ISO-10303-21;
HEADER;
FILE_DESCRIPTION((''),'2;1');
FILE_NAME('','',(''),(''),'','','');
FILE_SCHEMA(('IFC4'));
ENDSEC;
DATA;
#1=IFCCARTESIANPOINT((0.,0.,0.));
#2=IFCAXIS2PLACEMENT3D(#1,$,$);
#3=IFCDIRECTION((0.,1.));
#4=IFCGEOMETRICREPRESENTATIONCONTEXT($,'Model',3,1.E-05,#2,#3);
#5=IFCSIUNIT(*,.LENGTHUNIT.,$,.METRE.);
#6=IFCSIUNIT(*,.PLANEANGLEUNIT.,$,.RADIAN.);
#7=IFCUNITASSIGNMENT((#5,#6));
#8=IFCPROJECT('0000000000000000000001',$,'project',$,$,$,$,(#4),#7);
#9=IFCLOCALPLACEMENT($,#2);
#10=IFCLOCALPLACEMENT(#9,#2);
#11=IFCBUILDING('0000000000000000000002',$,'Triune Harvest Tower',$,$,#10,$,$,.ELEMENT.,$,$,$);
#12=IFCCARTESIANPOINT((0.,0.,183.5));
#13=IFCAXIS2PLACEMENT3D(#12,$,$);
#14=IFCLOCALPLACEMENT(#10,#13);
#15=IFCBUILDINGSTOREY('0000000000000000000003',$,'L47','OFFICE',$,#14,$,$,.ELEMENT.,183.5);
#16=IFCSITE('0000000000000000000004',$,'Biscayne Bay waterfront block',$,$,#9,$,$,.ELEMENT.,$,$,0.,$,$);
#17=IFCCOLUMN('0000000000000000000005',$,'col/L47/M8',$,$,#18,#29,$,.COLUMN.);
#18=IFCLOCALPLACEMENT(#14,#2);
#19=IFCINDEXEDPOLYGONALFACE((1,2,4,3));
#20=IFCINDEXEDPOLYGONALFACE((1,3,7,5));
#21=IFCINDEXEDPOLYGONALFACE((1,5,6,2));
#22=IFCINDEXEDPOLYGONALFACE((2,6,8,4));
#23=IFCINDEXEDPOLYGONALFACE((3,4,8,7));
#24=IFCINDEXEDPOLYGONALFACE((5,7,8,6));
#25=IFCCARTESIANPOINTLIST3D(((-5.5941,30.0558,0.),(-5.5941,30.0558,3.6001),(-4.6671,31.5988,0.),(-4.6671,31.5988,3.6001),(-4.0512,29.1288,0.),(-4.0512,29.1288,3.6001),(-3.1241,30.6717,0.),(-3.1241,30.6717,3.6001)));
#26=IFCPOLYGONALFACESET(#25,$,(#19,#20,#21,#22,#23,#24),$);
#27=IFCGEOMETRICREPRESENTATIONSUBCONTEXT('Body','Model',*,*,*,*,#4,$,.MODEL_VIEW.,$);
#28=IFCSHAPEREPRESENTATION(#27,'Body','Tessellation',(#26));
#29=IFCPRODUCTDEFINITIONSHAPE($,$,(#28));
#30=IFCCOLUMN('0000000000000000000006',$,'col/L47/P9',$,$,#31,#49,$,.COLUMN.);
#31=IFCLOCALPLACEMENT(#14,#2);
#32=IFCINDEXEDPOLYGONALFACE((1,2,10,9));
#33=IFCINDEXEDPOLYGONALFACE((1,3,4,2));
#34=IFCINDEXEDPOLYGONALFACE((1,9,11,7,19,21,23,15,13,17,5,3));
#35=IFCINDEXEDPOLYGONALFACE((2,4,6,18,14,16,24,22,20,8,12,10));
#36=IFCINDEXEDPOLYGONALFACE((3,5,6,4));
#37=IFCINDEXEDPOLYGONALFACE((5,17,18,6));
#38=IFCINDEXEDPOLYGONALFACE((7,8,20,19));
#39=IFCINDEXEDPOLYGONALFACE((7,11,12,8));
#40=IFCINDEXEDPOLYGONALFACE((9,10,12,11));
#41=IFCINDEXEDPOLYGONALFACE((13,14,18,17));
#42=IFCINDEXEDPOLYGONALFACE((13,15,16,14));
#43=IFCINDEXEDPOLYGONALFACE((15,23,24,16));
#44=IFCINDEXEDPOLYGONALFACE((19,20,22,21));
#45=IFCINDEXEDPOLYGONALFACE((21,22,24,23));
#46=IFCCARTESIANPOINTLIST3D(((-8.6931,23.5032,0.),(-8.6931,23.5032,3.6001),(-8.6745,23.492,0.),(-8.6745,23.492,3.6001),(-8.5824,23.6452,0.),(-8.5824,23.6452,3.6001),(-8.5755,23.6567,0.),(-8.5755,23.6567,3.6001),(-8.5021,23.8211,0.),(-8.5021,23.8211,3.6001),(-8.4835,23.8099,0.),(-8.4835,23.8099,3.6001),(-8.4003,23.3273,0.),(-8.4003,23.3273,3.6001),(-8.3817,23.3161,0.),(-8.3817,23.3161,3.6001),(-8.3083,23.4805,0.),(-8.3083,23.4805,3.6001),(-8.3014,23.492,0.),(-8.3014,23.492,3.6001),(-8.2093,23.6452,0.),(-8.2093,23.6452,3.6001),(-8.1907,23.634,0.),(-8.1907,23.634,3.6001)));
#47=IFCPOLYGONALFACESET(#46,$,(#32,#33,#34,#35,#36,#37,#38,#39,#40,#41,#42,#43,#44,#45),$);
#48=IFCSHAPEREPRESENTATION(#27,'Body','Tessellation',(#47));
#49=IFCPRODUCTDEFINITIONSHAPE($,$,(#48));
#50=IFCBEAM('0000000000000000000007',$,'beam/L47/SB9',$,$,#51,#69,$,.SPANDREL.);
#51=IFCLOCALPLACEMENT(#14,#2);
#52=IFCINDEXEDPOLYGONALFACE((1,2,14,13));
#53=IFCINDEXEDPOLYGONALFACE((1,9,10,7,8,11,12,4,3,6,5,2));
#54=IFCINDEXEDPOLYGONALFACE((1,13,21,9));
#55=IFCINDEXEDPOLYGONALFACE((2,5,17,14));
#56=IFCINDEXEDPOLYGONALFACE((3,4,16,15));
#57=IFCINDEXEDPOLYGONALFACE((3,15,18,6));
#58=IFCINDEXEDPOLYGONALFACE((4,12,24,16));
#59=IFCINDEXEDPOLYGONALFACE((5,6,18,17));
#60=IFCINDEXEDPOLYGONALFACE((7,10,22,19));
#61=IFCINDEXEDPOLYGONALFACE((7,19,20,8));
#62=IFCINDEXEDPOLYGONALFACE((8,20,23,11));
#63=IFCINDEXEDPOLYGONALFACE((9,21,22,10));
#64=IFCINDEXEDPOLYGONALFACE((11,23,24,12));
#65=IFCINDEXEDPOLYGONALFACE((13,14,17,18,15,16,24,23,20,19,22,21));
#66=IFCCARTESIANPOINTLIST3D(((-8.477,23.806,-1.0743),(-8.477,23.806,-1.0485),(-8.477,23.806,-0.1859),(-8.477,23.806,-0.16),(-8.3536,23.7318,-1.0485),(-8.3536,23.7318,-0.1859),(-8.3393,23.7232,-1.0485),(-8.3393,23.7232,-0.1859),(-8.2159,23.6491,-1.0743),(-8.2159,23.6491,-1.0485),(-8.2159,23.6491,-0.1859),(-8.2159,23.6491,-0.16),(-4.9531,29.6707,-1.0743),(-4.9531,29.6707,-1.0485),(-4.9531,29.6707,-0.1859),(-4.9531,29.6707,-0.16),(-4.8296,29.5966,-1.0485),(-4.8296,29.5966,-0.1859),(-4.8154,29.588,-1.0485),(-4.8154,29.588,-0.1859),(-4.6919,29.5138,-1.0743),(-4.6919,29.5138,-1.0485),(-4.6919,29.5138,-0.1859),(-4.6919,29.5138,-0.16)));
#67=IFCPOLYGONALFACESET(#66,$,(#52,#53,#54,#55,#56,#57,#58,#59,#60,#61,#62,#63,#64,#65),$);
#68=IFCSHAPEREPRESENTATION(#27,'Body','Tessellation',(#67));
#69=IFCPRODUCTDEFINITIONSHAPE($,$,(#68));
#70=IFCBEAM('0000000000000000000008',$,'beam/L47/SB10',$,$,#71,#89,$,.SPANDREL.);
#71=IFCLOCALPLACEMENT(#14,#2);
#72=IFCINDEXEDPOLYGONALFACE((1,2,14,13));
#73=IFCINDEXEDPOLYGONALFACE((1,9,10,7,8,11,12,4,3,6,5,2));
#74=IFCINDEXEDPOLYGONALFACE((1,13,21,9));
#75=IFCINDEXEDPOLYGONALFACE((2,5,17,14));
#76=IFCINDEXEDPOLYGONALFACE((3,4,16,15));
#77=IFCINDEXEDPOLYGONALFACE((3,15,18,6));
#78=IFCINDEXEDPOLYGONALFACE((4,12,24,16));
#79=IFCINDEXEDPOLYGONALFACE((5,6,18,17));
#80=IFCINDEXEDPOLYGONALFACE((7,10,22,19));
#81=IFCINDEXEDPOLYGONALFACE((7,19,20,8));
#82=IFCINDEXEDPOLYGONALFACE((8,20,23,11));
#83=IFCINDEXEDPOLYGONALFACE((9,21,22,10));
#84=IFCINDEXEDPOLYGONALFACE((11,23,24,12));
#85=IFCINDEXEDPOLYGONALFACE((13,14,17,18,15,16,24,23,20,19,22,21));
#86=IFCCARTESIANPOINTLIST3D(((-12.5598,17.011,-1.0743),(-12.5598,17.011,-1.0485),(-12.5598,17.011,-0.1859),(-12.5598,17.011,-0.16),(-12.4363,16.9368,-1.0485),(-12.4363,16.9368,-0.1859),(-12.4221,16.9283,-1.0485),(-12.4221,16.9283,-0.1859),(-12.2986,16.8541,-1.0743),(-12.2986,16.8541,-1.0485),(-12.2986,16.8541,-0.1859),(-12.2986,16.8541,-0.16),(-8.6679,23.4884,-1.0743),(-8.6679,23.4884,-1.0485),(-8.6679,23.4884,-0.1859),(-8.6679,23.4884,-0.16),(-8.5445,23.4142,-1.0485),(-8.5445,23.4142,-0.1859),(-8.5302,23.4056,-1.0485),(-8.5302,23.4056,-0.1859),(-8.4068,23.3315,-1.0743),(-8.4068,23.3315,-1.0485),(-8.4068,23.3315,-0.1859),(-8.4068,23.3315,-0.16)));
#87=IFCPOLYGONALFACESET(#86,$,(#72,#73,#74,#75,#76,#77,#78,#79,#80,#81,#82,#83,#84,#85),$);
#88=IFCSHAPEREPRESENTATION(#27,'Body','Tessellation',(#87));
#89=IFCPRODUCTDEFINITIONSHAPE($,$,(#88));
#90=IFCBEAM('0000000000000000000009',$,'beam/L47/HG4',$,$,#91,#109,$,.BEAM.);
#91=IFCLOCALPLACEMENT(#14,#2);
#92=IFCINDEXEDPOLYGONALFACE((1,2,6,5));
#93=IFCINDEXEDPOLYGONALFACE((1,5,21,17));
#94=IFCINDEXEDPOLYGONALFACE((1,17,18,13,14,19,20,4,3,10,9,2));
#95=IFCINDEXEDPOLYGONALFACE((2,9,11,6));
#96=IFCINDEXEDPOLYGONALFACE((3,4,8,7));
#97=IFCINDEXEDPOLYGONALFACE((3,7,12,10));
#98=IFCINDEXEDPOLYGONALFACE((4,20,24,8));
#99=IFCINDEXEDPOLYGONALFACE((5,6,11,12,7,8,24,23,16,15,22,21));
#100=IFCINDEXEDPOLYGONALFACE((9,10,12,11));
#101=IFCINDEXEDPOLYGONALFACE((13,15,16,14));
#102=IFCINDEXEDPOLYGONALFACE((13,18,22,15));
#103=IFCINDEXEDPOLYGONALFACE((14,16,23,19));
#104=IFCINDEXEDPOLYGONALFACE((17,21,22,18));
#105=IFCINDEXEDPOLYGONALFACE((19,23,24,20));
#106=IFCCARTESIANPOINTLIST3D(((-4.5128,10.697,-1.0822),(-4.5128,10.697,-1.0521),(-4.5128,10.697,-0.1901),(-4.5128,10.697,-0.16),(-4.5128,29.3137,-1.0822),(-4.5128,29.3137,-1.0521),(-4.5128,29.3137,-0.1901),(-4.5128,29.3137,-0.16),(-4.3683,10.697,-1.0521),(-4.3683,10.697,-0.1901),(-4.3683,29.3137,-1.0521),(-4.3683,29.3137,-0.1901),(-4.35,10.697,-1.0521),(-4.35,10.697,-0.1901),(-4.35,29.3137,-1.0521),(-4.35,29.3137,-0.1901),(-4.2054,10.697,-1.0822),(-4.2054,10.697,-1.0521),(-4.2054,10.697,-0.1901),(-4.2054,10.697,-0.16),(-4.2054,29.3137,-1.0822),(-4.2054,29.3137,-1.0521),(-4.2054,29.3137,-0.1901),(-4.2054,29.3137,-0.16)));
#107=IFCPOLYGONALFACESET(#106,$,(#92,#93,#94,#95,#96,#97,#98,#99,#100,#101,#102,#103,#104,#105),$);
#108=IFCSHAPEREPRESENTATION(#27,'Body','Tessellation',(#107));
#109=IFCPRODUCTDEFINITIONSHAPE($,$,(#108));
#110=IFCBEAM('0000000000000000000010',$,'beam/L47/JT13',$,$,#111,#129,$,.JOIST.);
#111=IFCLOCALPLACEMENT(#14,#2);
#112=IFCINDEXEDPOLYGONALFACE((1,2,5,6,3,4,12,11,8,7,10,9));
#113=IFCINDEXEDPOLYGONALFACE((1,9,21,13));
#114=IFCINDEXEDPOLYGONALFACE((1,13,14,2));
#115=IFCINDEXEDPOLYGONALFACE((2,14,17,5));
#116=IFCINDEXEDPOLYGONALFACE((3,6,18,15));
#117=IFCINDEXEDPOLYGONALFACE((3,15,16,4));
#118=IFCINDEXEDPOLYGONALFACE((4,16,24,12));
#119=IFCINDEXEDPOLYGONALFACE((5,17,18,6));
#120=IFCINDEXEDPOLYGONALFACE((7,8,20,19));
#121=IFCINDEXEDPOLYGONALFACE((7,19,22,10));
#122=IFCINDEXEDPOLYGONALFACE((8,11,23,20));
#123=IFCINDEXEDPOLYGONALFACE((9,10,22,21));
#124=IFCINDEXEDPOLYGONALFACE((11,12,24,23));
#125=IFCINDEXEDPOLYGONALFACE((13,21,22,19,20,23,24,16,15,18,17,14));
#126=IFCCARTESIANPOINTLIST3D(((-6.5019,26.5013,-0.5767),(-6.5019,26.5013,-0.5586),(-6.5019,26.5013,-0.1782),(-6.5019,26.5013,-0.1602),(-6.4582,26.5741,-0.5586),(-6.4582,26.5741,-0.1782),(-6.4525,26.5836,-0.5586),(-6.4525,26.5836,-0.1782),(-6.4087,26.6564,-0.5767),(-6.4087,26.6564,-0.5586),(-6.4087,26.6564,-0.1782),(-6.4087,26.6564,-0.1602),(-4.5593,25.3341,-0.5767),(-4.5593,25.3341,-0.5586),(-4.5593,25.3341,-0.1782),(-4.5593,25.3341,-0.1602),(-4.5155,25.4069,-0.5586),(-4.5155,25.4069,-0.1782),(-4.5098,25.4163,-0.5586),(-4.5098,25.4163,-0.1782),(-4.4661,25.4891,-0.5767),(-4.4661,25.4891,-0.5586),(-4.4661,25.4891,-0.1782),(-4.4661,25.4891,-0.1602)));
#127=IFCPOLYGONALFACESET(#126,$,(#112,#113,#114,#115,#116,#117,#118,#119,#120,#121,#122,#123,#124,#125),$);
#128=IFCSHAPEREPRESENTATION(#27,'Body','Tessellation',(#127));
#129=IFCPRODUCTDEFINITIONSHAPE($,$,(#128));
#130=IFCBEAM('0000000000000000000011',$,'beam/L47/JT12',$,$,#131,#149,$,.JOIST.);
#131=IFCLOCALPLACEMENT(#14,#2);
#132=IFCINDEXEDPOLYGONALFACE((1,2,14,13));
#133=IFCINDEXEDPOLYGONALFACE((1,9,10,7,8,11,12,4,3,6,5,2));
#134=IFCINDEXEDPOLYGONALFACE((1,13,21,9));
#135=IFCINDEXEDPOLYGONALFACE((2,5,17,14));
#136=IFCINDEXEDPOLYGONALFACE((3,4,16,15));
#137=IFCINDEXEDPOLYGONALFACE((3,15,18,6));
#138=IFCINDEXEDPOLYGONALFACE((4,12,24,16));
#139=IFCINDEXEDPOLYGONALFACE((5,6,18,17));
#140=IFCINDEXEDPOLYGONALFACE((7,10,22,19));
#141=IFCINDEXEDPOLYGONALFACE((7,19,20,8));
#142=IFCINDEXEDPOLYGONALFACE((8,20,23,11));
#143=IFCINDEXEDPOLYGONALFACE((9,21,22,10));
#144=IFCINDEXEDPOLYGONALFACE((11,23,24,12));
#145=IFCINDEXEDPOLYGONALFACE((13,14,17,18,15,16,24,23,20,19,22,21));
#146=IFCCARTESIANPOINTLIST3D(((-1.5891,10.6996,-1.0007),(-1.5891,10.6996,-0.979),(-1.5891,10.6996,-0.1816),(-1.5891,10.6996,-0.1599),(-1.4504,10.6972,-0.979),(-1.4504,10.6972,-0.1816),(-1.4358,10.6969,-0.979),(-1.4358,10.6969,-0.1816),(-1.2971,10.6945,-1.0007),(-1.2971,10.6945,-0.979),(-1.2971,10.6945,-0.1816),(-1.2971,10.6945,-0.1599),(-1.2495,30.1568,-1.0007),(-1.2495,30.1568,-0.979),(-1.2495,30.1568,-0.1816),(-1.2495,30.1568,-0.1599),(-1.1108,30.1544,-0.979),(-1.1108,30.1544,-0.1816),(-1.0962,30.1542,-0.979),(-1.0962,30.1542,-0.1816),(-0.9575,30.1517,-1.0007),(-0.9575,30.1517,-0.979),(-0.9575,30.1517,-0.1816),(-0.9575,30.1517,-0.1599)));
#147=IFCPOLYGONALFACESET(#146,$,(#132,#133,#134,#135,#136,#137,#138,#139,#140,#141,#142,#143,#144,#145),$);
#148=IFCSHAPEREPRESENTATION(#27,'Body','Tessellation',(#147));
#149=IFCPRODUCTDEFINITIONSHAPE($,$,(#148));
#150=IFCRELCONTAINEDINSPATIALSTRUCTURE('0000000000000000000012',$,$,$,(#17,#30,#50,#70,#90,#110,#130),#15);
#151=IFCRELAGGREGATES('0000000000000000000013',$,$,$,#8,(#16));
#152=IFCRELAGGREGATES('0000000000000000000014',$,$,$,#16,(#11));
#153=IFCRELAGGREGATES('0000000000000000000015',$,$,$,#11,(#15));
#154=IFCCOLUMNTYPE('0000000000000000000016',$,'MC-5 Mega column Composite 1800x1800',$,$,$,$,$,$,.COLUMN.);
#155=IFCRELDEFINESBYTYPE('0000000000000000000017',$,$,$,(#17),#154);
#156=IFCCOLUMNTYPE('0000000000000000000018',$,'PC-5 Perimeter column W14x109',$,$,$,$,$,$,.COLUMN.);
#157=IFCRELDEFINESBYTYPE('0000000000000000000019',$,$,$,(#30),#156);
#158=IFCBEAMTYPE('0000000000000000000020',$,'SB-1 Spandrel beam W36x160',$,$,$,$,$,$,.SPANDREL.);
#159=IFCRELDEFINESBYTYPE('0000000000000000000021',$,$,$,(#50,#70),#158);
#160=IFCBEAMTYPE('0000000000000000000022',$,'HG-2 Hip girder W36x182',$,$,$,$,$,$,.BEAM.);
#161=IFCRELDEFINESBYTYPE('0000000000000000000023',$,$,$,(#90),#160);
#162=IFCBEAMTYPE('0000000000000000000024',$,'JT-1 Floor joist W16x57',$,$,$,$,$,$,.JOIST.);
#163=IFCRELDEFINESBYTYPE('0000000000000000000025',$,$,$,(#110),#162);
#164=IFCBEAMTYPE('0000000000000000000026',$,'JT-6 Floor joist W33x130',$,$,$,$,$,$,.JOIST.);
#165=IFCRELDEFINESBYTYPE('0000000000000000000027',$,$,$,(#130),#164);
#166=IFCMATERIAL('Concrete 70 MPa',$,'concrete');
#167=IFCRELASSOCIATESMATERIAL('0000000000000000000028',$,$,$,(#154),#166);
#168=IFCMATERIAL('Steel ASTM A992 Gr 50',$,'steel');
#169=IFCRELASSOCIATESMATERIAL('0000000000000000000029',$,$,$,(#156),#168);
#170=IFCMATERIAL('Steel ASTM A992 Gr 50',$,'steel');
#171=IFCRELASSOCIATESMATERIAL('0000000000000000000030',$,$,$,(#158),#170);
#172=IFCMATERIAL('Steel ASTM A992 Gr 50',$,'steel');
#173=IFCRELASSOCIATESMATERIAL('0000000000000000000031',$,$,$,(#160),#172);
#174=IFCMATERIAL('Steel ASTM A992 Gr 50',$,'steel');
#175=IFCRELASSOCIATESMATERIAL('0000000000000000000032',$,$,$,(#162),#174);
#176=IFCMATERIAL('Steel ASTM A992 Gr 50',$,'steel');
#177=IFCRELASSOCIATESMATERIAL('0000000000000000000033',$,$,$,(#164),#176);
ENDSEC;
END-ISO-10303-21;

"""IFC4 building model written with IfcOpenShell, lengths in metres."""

from ifc_helpers import new_model, si_unit, direction, frame, origin, origin_2d, place, context, subcontext, project, spatial, rectangle, i_section, extrude, source, transform, mapped, material, material_profile, profile_set, type_object, element, save


model = new_model("IFC4")

# Units and contexts
model_context = context("Model", 3, precision=1e-05, world=origin(), true_north=direction((0.0, 1.0)))
body_context = subcontext(model_context, "Body", "Model", "MODEL_VIEW")
ifc_project = project(units=[si_unit("LENGTHUNIT", "METRE"), si_unit("PLANEANGLEUNIT", "RADIAN")], contexts=[model_context])

# Site, building, storey
site_placement = place(None, origin())
site = spatial("IfcSite", under=ifc_project, at=site_placement, Name="Biscayne Bay waterfront block", CompositionType="ELEMENT", RefElevation=0.0)
building_placement = place(site_placement, origin())
building = spatial("IfcBuilding", under=site, at=building_placement, Name="Triune Harvest Tower", CompositionType="ELEMENT")
storey_placement = place(building_placement, frame((0.0, 0.0, 183.5)))
storey = spatial("IfcBuildingStorey", under=building, at=storey_placement, Name="L47", Description="OFFICE", CompositionType="ELEMENT", Elevation=183.5)

# Columns
ifc_material_1 = material(Name="Concrete 70 MPa", Category="concrete")
ifc_material_profile_1 = material_profile(ifc_material_1, rectangle(XDim=1.8, YDim=1.8, at=origin_2d()), Name="Composite 1800x1800")
ifc_profile_set_1 = profile_set([ifc_material_profile_1], Name="Concrete 70 MPa")
column_type_1 = type_object("IfcColumnType", Name="MC-5 Mega column Composite 1800x1800", PredefinedType="COLUMN", material=ifc_profile_set_1)
shared_shape_1 = source(origin(), body_context, "Body", "SweptSolid", [
    extrude(rectangle(XDim=1.8, YDim=1.8, at=origin_2d()), origin(), (0.0, 0.0, 1.0), 3.6001),
])
column_1_placement = place(storey_placement, frame((-4.3591, 30.3638, 0.0), z_axis=(0.0, 0.0, 1.0), x_axis=(-0.515037, -0.857168, 0.0)))
element("IfcColumn", 1, at=column_1_placement, inside=storey, type_object=column_type_1, Name="col/L47/M8", PredefinedType="COLUMN", context=body_context, shape_type="MappedRepresentation", body=[
    mapped(shared_shape_1, transform((0.0, 0.0, 0.0), scale=1.0)),
])
ifc_material_2 = material(Name="Steel ASTM A992 Gr 50", Category="steel")
ifc_material_profile_2 = material_profile(ifc_material_2, i_section(OverallWidth=0.3708, OverallDepth=0.3633, WebThickness=0.0134, FlangeThickness=0.0217, at=origin_2d()), Name="W14x109")
ifc_profile_set_2 = profile_set([ifc_material_profile_2], Name="Steel ASTM A992 Gr 50")
column_type_2 = type_object("IfcColumnType", Name="PC-5 Perimeter column W14x109", PredefinedType="COLUMN", material=ifc_profile_set_2)
shared_shape_2 = source(origin(), body_context, "Body", "SweptSolid", [
    extrude(i_section(OverallWidth=0.3708, OverallDepth=0.3633, WebThickness=0.0134, FlangeThickness=0.0217, at=origin_2d()), origin(), (0.0, 0.0, 1.0), 3.6001),
])
column_2_placement = place(storey_placement, frame((-8.4419, 23.5686, 0.0), z_axis=(0.0, 0.0, 1.0), x_axis=(-0.515037, -0.857168, 0.0)))
element("IfcColumn", 2, at=column_2_placement, inside=storey, type_object=column_type_2, Name="col/L47/P9", PredefinedType="COLUMN", context=body_context, shape_type="MappedRepresentation", body=[
    mapped(shared_shape_2, transform((0.0, 0.0, 0.0), scale=1.0)),
])

# Beams
ifc_material_3 = material(Name="Steel ASTM A992 Gr 50", Category="steel")
ifc_material_profile_3 = material_profile(ifc_material_3, i_section(OverallWidth=0.3047, OverallDepth=0.9143, WebThickness=0.0166, FlangeThickness=0.0259, at=origin_2d()), Name="W36x160")
ifc_profile_set_3 = profile_set([ifc_material_profile_3], Name="Steel ASTM A992 Gr 50")
beam_type_1 = type_object("IfcBeamType", Name="SB-1 Spandrel beam W36x160", PredefinedType="SPANDREL", material=ifc_profile_set_3)
shared_shape_3 = source(origin(), body_context, "Body", "SweptSolid", [
    extrude(i_section(OverallWidth=0.3047, OverallDepth=0.9143, WebThickness=0.0166, FlangeThickness=0.0259, at=origin_2d()), origin(), (0.0, 0.0, 1.0), 6.842),
])
beam_1_placement = place(storey_placement, frame((-4.8225, 29.5923, -0.6172), z_axis=(-0.515041, -0.857165, 0.0), x_axis=(0.857165, -0.515041, 0.0)))
element("IfcBeam", 3, at=beam_1_placement, inside=storey, type_object=beam_type_1, Name="beam/L47/SB9", PredefinedType="SPANDREL", context=body_context, shape_type="MappedRepresentation", body=[
    mapped(shared_shape_3, transform((0.0, 0.0, 0.0), scale=1.0)),
])
shared_shape_4 = source(origin(), body_context, "Body", "SweptSolid", [
    extrude(i_section(OverallWidth=0.3047, OverallDepth=0.9143, WebThickness=0.0166, FlangeThickness=0.0259, at=origin_2d()), origin(), (0.0, 0.0, 1.0), 7.5566),
])
beam_2_placement = place(storey_placement, frame((-8.5374, 23.4099, -0.6172), z_axis=(-0.515028, -0.857173, 0.0), x_axis=(0.857173, -0.515028, 0.0)))
element("IfcBeam", 4, at=beam_2_placement, inside=storey, type_object=beam_type_1, Name="beam/L47/SB10", PredefinedType="SPANDREL", context=body_context, shape_type="MappedRepresentation", body=[
    mapped(shared_shape_4, transform((0.0, 0.0, 0.0), scale=1.0)),
])
ifc_material_4 = material(Name="Steel ASTM A992 Gr 50", Category="steel")
ifc_material_profile_4 = material_profile(ifc_material_4, i_section(OverallWidth=0.3074, OverallDepth=0.9221, WebThickness=0.0183, FlangeThickness=0.03, at=origin_2d()), Name="W36x182")
ifc_profile_set_4 = profile_set([ifc_material_profile_4], Name="Steel ASTM A992 Gr 50")
beam_type_2 = type_object("IfcBeamType", Name="HG-2 Hip girder W36x182", PredefinedType="BEAM", material=ifc_profile_set_4)
shared_shape_5 = source(origin(), body_context, "Body", "SweptSolid", [
    extrude(i_section(OverallWidth=0.3074, OverallDepth=0.9221, WebThickness=0.0183, FlangeThickness=0.03, at=origin_2d()), origin(), (0.0, 0.0, 1.0), 18.6167),
])
beam_3_placement = place(storey_placement, frame((-4.3591, 29.3137, -0.6211), z_axis=(0.0, -1.0, 0.0), x_axis=(1.0, 0.0, 0.0)))
element("IfcBeam", 5, at=beam_3_placement, inside=storey, type_object=beam_type_2, Name="beam/L47/HG4", PredefinedType="BEAM", context=body_context, shape_type="MappedRepresentation", body=[
    mapped(shared_shape_5, transform((0.0, 0.0, 0.0), scale=1.0)),
])
ifc_material_5 = material(Name="Steel ASTM A992 Gr 50", Category="steel")
ifc_material_profile_5 = material_profile(ifc_material_5, i_section(OverallWidth=0.1809, OverallDepth=0.4165, WebThickness=0.011, FlangeThickness=0.0181, at=origin_2d()), Name="W16x57")
ifc_profile_set_5 = profile_set([ifc_material_profile_5], Name="Steel ASTM A992 Gr 50")
beam_type_3 = type_object("IfcBeamType", Name="JT-1 Floor joist W16x57", PredefinedType="JOIST", material=ifc_profile_set_5)
shared_shape_6 = source(origin(), body_context, "Body", "SweptSolid", [
    extrude(i_section(OverallWidth=0.1809, OverallDepth=0.4165, WebThickness=0.011, FlangeThickness=0.0181, at=origin_2d()), origin(), (0.0, 0.0, 1.0), 2.2664),
])
beam_4_placement = place(storey_placement, frame((-6.4553, 26.5789, -0.3684), z_axis=(0.85717, -0.515034, 0.0), x_axis=(0.515034, 0.85717, 0.0)))
element("IfcBeam", 6, at=beam_4_placement, inside=storey, type_object=beam_type_3, Name="beam/L47/JT13", PredefinedType="JOIST", context=body_context, shape_type="MappedRepresentation", body=[
    mapped(shared_shape_6, transform((0.0, 0.0, 0.0), scale=1.0)),
])
ifc_material_6 = material(Name="Steel ASTM A992 Gr 50", Category="steel")
ifc_material_profile_6 = material_profile(ifc_material_6, i_section(OverallWidth=0.292, OverallDepth=0.8408, WebThickness=0.0146, FlangeThickness=0.0217, at=origin_2d()), Name="W33x130")
ifc_profile_set_6 = profile_set([ifc_material_profile_6], Name="Steel ASTM A992 Gr 50")
beam_type_4 = type_object("IfcBeamType", Name="JT-6 Floor joist W33x130", PredefinedType="JOIST", material=ifc_profile_set_6)
shared_shape_7 = source(origin(), body_context, "Body", "SweptSolid", [
    extrude(i_section(OverallWidth=0.292, OverallDepth=0.8408, WebThickness=0.0146, FlangeThickness=0.0217, at=origin_2d()), origin(), (0.0, 0.0, 1.0), 19.4602),
])
beam_5_placement = place(storey_placement, frame((-1.1035, 30.1543, -0.5803), z_axis=(-0.017451, -0.999848, 0.0), x_axis=(0.999848, -0.017451, 0.0)))
element("IfcBeam", 7, at=beam_5_placement, inside=storey, type_object=beam_type_4, Name="beam/L47/JT12", PredefinedType="JOIST", context=body_context, shape_type="MappedRepresentation", body=[
    mapped(shared_shape_7, transform((0.0, 0.0, 0.0), scale=1.0)),
])

save(model, "model.ifc")
